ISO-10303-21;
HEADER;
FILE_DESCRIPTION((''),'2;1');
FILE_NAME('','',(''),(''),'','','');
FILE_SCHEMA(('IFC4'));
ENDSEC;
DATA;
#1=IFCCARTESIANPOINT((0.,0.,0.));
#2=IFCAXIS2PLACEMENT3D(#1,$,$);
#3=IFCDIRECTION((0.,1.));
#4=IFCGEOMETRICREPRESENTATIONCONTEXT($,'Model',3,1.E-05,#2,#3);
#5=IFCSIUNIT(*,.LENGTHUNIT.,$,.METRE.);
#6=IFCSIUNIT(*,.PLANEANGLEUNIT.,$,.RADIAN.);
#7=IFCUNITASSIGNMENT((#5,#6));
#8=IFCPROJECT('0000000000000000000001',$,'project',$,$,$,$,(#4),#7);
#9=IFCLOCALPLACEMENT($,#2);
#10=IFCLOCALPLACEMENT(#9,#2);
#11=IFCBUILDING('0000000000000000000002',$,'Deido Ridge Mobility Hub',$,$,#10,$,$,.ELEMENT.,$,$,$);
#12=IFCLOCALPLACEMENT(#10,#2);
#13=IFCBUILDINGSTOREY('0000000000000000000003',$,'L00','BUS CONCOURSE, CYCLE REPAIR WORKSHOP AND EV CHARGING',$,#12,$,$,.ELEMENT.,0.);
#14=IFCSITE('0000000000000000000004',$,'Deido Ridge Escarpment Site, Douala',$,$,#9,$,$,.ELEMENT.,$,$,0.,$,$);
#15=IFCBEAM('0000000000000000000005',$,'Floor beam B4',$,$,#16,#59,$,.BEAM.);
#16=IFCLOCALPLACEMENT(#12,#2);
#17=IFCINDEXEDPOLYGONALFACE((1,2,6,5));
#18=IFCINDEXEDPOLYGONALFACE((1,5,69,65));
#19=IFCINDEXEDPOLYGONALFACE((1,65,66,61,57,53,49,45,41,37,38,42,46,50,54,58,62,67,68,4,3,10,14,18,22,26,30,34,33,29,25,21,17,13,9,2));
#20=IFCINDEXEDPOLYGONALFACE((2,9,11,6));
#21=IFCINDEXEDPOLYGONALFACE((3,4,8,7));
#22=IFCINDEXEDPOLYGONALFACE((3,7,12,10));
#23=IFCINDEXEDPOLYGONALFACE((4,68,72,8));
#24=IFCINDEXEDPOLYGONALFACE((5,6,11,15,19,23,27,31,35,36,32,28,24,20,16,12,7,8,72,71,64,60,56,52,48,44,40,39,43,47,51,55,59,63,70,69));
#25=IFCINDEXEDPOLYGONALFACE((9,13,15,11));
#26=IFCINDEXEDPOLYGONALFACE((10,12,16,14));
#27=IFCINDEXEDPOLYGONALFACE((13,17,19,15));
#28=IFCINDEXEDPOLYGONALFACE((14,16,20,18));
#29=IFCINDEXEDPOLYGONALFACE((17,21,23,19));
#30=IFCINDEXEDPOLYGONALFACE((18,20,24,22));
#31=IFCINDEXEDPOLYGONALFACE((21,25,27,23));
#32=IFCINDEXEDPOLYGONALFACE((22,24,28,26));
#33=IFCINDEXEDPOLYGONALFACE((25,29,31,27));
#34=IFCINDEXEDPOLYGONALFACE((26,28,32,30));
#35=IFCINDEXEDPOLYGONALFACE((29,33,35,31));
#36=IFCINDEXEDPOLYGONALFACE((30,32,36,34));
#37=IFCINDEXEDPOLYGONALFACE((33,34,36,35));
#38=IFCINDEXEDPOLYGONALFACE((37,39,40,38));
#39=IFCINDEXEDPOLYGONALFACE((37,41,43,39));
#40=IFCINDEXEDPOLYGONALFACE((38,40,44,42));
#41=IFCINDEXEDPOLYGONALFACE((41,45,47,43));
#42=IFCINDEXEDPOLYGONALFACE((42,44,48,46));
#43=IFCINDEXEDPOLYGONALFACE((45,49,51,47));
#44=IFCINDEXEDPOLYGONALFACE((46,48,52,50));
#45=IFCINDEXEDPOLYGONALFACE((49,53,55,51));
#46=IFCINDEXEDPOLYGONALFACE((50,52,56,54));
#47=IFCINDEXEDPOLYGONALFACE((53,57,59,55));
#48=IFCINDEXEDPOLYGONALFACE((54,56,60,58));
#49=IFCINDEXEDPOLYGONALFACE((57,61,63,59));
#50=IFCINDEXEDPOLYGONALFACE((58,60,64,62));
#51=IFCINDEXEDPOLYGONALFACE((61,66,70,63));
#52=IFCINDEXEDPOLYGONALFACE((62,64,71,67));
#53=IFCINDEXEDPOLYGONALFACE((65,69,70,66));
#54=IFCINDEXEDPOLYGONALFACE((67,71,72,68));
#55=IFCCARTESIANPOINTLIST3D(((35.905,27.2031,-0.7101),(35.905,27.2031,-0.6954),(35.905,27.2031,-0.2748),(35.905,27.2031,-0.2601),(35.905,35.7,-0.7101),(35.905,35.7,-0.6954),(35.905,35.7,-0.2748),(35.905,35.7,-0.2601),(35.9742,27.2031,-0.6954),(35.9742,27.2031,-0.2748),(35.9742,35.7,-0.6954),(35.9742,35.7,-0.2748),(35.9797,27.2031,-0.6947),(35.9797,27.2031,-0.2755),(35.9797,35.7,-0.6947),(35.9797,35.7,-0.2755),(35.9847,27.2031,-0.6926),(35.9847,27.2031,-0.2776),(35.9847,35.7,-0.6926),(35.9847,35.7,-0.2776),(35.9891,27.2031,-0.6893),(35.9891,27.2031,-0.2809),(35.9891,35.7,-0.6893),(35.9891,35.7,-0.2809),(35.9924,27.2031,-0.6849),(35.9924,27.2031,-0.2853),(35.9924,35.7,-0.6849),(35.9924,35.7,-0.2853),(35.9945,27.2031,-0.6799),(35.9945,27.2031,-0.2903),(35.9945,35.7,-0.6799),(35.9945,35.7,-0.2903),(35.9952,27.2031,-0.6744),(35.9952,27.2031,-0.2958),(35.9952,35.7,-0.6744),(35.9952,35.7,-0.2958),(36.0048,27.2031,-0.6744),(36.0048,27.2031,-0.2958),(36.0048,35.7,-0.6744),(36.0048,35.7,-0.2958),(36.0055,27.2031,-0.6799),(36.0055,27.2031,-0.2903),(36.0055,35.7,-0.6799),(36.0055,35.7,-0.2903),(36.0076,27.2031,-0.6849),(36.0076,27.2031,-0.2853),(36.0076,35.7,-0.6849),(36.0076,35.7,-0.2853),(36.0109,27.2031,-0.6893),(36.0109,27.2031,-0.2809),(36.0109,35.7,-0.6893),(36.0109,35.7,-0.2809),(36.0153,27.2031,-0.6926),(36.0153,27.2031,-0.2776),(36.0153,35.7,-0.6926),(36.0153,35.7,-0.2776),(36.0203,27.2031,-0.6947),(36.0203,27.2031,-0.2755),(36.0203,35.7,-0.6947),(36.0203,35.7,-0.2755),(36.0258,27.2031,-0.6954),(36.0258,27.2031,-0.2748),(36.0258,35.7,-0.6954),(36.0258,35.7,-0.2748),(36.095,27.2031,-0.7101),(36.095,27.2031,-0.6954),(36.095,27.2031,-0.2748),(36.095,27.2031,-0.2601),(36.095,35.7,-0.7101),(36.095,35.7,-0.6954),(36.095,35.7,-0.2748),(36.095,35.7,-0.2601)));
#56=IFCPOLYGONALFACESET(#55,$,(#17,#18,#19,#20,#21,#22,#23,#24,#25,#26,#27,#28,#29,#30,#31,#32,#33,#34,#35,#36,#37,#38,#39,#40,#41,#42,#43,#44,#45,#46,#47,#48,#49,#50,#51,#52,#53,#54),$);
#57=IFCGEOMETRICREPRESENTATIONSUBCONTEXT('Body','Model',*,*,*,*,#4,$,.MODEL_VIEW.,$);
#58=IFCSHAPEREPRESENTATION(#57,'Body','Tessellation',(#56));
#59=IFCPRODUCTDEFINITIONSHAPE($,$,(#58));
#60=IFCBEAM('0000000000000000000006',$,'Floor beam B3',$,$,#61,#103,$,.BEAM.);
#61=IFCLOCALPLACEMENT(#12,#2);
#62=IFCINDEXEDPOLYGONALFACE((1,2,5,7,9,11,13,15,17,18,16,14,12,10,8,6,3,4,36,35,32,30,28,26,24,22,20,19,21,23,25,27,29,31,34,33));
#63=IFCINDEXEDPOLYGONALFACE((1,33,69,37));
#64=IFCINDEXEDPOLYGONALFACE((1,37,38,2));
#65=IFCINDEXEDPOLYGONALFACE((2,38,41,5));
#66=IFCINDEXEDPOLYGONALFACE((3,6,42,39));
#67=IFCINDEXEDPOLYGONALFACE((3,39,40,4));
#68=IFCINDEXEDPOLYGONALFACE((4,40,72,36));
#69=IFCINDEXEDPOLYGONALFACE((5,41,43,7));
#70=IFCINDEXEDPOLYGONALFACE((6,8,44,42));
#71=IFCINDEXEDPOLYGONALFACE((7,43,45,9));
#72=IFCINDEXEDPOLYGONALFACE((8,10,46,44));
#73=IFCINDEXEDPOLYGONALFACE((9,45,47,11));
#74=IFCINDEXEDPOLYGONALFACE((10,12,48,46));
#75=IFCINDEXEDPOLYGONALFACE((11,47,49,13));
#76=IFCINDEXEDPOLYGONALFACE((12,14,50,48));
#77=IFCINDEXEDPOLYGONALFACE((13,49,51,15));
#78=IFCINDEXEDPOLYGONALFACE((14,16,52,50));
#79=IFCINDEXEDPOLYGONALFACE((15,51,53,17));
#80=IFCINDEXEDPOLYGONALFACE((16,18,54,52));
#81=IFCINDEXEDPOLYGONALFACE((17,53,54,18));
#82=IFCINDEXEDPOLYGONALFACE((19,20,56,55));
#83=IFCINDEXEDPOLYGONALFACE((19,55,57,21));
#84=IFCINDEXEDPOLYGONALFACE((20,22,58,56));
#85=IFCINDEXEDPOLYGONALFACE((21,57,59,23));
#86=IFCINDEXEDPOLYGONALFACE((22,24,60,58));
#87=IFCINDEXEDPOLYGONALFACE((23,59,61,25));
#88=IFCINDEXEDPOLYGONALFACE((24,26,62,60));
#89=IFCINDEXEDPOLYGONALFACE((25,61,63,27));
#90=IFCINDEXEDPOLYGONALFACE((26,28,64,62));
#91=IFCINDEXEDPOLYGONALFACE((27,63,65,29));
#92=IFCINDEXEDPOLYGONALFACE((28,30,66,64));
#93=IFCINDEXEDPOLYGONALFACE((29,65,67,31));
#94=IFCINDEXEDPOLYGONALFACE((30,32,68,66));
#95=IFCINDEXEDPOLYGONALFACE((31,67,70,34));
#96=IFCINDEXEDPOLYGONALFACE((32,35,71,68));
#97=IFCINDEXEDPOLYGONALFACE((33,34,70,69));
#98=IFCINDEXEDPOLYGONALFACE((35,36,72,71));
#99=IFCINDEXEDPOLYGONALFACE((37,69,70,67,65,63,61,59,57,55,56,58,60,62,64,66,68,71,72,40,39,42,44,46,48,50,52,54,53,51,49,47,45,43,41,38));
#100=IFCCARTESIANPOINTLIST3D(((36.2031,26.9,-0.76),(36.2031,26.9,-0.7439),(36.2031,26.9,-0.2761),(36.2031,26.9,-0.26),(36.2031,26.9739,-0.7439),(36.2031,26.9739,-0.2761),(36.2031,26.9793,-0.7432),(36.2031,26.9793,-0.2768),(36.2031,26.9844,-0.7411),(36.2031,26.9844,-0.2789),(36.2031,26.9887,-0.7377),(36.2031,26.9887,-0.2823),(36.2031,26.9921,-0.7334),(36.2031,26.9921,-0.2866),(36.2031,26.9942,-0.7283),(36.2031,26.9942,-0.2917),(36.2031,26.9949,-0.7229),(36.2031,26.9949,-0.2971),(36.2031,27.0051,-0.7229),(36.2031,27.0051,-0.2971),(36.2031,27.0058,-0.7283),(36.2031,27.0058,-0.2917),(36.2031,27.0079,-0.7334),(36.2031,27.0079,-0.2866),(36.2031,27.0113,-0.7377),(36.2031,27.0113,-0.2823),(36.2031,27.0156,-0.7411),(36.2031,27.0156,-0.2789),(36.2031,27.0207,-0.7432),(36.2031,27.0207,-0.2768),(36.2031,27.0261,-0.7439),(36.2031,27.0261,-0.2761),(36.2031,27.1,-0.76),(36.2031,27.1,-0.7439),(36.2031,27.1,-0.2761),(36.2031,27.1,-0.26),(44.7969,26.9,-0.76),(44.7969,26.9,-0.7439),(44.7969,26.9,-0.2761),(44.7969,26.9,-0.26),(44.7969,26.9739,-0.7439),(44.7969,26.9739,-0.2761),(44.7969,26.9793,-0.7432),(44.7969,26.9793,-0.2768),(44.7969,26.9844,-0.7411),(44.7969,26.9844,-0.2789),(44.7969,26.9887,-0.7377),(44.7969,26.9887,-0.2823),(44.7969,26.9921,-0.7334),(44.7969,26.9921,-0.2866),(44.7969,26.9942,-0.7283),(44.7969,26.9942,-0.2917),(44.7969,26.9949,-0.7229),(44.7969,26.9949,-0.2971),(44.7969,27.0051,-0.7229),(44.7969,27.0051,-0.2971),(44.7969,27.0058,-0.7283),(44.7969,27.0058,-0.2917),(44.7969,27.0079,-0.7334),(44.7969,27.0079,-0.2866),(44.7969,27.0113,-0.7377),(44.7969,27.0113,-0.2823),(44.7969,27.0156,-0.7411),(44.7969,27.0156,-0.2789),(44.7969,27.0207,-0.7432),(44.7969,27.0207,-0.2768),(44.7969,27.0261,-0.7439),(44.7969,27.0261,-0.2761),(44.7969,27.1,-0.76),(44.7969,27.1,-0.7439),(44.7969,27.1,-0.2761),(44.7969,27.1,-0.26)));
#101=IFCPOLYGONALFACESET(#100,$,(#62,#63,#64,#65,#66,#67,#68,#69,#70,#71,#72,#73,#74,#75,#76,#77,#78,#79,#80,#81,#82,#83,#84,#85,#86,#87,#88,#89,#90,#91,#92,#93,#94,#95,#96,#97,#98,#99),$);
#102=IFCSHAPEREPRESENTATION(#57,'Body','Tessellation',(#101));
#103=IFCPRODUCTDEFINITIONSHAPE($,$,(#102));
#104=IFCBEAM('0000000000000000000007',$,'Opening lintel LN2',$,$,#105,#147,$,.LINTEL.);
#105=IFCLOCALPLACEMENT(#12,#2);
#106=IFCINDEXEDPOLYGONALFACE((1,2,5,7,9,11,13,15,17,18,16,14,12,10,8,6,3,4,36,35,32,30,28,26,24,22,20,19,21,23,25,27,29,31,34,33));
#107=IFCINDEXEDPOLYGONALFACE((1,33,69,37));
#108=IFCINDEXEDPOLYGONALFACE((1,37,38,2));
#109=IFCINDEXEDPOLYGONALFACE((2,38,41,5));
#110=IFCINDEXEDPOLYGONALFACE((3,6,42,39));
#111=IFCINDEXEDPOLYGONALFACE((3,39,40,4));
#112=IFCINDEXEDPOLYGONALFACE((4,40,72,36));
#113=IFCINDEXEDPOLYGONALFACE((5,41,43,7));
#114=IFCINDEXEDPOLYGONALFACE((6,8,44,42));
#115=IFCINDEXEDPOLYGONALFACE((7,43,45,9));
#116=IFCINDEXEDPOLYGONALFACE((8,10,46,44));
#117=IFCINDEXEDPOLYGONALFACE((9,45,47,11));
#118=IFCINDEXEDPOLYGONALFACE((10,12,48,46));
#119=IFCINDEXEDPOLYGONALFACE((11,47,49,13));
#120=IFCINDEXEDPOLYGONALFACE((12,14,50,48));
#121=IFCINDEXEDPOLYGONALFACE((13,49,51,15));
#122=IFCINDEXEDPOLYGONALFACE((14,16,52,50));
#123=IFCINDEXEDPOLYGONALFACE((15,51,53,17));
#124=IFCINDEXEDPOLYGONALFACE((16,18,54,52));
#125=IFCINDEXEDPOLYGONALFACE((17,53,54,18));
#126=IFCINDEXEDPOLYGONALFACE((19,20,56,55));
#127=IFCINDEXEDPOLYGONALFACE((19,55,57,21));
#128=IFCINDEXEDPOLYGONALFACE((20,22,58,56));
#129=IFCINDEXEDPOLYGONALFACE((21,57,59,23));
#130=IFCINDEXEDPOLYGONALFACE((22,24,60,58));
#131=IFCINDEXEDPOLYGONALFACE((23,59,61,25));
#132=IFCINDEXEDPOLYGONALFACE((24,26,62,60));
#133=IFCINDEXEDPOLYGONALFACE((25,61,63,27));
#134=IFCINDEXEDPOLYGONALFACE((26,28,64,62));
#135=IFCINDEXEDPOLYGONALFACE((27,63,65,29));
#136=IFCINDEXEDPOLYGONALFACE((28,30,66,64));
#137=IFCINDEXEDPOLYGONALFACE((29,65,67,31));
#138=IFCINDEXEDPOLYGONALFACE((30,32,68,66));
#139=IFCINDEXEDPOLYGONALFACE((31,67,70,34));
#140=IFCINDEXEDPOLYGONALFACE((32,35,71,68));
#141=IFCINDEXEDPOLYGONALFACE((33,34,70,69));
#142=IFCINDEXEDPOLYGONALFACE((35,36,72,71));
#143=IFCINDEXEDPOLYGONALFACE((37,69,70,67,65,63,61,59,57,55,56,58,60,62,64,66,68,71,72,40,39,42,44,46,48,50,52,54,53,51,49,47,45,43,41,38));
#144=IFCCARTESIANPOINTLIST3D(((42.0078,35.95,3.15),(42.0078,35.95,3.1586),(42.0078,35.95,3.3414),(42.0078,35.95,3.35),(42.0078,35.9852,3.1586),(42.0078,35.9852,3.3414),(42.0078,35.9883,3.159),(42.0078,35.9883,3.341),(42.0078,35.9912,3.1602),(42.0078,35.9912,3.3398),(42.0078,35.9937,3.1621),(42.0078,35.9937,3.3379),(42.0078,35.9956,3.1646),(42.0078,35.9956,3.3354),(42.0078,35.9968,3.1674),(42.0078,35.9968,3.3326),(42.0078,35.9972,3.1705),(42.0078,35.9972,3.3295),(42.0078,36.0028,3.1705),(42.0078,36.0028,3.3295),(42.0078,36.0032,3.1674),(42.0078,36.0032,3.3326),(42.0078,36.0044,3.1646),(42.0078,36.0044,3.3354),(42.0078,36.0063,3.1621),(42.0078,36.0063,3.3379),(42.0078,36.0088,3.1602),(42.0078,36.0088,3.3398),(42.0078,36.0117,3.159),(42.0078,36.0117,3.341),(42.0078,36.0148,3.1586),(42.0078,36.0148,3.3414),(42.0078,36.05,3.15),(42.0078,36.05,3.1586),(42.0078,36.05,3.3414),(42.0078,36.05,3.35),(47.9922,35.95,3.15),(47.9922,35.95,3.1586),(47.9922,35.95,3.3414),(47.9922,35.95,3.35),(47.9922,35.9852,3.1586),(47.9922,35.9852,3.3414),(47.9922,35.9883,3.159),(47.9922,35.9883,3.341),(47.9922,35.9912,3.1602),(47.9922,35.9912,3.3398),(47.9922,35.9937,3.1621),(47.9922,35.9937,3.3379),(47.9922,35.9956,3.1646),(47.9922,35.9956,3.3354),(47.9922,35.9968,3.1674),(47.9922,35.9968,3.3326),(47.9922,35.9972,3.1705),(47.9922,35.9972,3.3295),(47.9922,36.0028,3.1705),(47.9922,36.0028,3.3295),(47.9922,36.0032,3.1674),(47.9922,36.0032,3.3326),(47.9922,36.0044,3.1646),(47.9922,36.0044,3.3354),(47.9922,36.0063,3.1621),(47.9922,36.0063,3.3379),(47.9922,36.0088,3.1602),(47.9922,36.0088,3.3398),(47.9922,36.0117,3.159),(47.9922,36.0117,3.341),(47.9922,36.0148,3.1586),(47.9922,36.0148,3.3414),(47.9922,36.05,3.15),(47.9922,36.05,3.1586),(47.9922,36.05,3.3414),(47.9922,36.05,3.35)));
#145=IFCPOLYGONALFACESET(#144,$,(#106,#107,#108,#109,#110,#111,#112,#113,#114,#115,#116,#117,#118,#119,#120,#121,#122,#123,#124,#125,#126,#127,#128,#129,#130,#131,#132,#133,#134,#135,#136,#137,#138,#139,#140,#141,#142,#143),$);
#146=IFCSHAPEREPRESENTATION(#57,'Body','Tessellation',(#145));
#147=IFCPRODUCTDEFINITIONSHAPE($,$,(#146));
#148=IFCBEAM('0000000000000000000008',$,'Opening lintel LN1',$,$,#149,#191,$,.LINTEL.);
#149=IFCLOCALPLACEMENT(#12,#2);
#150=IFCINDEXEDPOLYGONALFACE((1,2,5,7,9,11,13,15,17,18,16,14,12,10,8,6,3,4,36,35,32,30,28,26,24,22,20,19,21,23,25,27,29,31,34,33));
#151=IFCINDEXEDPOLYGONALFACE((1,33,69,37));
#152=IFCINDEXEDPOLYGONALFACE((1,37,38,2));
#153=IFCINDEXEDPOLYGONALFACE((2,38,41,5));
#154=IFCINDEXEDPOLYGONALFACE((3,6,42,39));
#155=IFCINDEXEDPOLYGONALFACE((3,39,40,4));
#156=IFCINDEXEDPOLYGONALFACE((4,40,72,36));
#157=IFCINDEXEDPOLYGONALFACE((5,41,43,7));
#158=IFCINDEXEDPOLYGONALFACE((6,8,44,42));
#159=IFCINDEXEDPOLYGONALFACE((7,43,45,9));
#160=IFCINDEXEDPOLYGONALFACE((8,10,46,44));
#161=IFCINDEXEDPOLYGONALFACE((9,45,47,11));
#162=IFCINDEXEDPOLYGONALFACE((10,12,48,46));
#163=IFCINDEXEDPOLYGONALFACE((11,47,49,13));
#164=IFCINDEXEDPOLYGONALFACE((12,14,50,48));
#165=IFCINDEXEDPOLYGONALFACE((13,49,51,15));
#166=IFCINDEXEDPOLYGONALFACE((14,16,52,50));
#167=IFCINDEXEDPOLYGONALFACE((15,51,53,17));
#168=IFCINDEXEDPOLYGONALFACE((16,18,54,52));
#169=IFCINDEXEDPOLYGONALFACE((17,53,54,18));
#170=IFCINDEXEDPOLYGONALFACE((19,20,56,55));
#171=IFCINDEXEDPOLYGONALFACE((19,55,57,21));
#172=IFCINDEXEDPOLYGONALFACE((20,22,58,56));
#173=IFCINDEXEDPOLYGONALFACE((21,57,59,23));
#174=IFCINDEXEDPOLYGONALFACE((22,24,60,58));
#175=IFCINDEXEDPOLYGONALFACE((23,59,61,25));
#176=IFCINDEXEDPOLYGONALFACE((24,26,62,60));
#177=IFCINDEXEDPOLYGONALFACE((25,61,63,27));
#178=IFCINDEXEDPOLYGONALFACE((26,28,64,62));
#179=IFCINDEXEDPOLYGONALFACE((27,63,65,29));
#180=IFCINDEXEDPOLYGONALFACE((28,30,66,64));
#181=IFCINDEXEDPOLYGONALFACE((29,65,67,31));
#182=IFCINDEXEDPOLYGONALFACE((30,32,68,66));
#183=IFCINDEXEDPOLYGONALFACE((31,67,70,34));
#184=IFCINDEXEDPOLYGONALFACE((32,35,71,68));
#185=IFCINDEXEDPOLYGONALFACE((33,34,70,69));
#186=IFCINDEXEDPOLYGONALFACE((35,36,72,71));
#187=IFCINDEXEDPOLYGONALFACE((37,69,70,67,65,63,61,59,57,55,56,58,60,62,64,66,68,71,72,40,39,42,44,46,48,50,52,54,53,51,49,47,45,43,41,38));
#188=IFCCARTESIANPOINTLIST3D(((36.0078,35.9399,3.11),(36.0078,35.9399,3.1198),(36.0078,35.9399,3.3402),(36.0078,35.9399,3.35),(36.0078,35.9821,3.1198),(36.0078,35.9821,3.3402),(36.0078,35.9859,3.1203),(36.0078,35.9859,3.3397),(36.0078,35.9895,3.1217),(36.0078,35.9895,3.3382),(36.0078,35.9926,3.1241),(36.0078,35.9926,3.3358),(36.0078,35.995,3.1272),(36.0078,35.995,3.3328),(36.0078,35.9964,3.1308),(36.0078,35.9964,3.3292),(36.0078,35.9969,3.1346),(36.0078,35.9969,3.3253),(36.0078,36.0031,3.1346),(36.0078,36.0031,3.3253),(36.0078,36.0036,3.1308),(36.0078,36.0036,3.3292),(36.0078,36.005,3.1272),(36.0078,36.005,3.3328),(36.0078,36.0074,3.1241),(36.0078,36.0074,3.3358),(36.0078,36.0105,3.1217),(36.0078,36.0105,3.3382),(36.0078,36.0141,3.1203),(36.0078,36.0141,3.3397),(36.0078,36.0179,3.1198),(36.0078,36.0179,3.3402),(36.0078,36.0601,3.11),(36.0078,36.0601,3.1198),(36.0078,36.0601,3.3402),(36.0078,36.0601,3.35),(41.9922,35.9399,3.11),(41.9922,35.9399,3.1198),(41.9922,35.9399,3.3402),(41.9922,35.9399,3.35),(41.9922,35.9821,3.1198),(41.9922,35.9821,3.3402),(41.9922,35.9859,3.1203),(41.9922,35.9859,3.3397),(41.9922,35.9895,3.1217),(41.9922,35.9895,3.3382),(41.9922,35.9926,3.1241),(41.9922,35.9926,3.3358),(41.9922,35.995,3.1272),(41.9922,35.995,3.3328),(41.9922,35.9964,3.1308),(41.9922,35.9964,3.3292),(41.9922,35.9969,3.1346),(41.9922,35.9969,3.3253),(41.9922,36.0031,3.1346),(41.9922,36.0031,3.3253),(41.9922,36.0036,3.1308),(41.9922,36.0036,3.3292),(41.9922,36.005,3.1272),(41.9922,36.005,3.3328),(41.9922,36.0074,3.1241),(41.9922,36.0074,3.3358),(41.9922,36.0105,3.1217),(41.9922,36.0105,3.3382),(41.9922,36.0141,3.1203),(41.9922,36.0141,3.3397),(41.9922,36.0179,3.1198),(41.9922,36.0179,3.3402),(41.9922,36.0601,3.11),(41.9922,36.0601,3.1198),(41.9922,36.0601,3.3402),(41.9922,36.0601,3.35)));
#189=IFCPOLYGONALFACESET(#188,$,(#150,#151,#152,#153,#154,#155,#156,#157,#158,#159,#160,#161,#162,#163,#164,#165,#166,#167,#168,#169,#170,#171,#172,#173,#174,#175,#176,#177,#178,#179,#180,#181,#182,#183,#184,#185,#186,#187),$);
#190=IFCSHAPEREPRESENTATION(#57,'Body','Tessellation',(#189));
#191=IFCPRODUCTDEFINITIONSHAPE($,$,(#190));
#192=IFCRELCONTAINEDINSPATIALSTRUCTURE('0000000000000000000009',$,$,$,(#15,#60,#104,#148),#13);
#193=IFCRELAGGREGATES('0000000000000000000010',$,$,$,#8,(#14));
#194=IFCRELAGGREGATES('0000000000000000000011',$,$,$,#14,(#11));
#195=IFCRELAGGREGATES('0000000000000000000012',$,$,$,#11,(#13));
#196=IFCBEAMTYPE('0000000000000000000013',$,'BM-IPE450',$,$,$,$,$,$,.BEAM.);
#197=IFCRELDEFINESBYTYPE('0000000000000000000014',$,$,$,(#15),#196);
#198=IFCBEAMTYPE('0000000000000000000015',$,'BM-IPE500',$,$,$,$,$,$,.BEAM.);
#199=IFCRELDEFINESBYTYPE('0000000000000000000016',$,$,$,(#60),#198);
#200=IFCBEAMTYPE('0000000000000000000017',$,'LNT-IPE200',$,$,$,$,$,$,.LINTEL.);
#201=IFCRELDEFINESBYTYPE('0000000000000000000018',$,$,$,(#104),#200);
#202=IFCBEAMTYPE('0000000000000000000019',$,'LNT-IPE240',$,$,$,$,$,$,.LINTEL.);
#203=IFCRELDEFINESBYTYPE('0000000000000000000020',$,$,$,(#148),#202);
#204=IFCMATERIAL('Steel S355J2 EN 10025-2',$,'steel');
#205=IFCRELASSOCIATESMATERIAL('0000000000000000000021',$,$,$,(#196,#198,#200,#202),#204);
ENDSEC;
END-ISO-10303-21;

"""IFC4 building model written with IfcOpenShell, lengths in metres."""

from ifc_helpers import new_model, si_unit, direction, frame, origin, origin_2d, place, context, subcontext, project, spatial, i_section, extrude, material, material_profile, profile_set, type_object, element, save


model = new_model("IFC4")

# Units and contexts
model_context = context("Model", 3, precision=1e-05, world=origin(), true_north=direction((0.0, 1.0)))
body_context = subcontext(model_context, "Body", "Model", "MODEL_VIEW")
ifc_project = project(units=[si_unit("LENGTHUNIT", "METRE"), si_unit("PLANEANGLEUNIT", "RADIAN")], contexts=[model_context])

# Site, building, storey
site_placement = place(None, origin())
site = spatial("IfcSite", under=ifc_project, at=site_placement, Name="Deido Ridge Escarpment Site, Douala", CompositionType="ELEMENT", RefElevation=0.0)
building_placement = place(site_placement, origin())
building = spatial("IfcBuilding", under=site, at=building_placement, Name="Deido Ridge Mobility Hub", CompositionType="ELEMENT")
storey_placement = place(building_placement, origin())
storey = spatial("IfcBuildingStorey", under=building, at=storey_placement, Name="L00", Description="BUS CONCOURSE, CYCLE REPAIR WORKSHOP AND EV CHARGING", CompositionType="ELEMENT", Elevation=0.0)

# Shared definitions
ifc_material_1 = material(Name="Steel S355J2 EN 10025-2", Category="steel")

# Beams
ifc_material_profile_1 = material_profile(ifc_material_1, i_section(OverallWidth=0.1899, OverallDepth=0.45, WebThickness=0.0095, FlangeThickness=0.0146, FilletRadius=0.021, at=origin_2d()), Name="IPE 450")
ifc_profile_set_1 = profile_set([ifc_material_profile_1], Name="Steel S355J2 EN 10025-2")
beam_type_1 = type_object("IfcBeamType", Name="BM-IPE450", PredefinedType="BEAM", material=ifc_profile_set_1)
beam_1_placement = place(storey_placement, frame((36.0, 27.2031, -0.4851), z_axis=(0.0, 1.0, 0.0), x_axis=(-1.0, 0.0, 0.0)))
element("IfcBeam", 1, at=beam_1_placement, inside=storey, type_object=beam_type_1, Name="Floor beam B4", PredefinedType="BEAM", context=body_context, shape_type="SweptSolid", body=[
    extrude(i_section(OverallWidth=0.1899, OverallDepth=0.45, WebThickness=0.0095, FlangeThickness=0.0146, FilletRadius=0.021, at=origin_2d()), origin(), (0.0, 0.0, 1.0), 8.4968),
])
ifc_material_profile_2 = material_profile(ifc_material_1, i_section(OverallWidth=0.2, OverallDepth=0.5, WebThickness=0.0103, FlangeThickness=0.0161, FilletRadius=0.021, at=origin_2d()), Name="IPE 500")
ifc_profile_set_2 = profile_set([ifc_material_profile_2], Name="Steel S355J2 EN 10025-2")
beam_type_2 = type_object("IfcBeamType", Name="BM-IPE500", PredefinedType="BEAM", material=ifc_profile_set_2)
beam_2_placement = place(storey_placement, frame((36.2031, 27.0, -0.51), z_axis=(1.0, 0.0, 0.0), x_axis=(0.0, 1.0, 0.0)))
element("IfcBeam", 2, at=beam_2_placement, inside=storey, type_object=beam_type_2, Name="Floor beam B3", PredefinedType="BEAM", context=body_context, shape_type="SweptSolid", body=[
    extrude(i_section(OverallWidth=0.2, OverallDepth=0.5, WebThickness=0.0103, FlangeThickness=0.0161, FilletRadius=0.021, at=origin_2d()), origin(), (0.0, 0.0, 1.0), 8.5938),
])
ifc_material_profile_3 = material_profile(ifc_material_1, i_section(OverallWidth=0.1001, OverallDepth=0.2, WebThickness=0.0056, FlangeThickness=0.0085, FilletRadius=0.012, at=origin_2d()), Name="IPE 200")
ifc_profile_set_3 = profile_set([ifc_material_profile_3], Name="Steel S355J2 EN 10025-2")
beam_type_3 = type_object("IfcBeamType", Name="LNT-IPE200", PredefinedType="LINTEL", material=ifc_profile_set_3)
beam_3_placement = place(storey_placement, frame((42.0078, 36.0, 3.25), z_axis=(1.0, 0.0, 0.0), x_axis=(0.0, 1.0, 0.0)))
element("IfcBeam", 3, at=beam_3_placement, inside=storey, type_object=beam_type_3, Name="Opening lintel LN2", PredefinedType="LINTEL", context=body_context, shape_type="SweptSolid", body=[
    extrude(i_section(OverallWidth=0.1001, OverallDepth=0.2, WebThickness=0.0056, FlangeThickness=0.0085, FilletRadius=0.012, at=origin_2d()), origin(), (0.0, 0.0, 1.0), 5.9844),
])
ifc_material_profile_4 = material_profile(ifc_material_1, i_section(OverallWidth=0.1201, OverallDepth=0.24, WebThickness=0.0061, FlangeThickness=0.0098, FilletRadius=0.0149, at=origin_2d()), Name="IPE 240")
ifc_profile_set_4 = profile_set([ifc_material_profile_4], Name="Steel S355J2 EN 10025-2")
beam_type_4 = type_object("IfcBeamType", Name="LNT-IPE240", PredefinedType="LINTEL", material=ifc_profile_set_4)
beam_4_placement = place(storey_placement, frame((36.0078, 36.0, 3.23), z_axis=(1.0, 0.0, 0.0), x_axis=(0.0, 1.0, 0.0)))
element("IfcBeam", 4, at=beam_4_placement, inside=storey, type_object=beam_type_4, Name="Opening lintel LN1", PredefinedType="LINTEL", context=body_context, shape_type="SweptSolid", body=[
    extrude(i_section(OverallWidth=0.1201, OverallDepth=0.24, WebThickness=0.0061, FlangeThickness=0.0098, FilletRadius=0.0149, at=origin_2d()), origin(), (0.0, 0.0, 1.0), 5.9844),
])

save(model, "model.ifc")
